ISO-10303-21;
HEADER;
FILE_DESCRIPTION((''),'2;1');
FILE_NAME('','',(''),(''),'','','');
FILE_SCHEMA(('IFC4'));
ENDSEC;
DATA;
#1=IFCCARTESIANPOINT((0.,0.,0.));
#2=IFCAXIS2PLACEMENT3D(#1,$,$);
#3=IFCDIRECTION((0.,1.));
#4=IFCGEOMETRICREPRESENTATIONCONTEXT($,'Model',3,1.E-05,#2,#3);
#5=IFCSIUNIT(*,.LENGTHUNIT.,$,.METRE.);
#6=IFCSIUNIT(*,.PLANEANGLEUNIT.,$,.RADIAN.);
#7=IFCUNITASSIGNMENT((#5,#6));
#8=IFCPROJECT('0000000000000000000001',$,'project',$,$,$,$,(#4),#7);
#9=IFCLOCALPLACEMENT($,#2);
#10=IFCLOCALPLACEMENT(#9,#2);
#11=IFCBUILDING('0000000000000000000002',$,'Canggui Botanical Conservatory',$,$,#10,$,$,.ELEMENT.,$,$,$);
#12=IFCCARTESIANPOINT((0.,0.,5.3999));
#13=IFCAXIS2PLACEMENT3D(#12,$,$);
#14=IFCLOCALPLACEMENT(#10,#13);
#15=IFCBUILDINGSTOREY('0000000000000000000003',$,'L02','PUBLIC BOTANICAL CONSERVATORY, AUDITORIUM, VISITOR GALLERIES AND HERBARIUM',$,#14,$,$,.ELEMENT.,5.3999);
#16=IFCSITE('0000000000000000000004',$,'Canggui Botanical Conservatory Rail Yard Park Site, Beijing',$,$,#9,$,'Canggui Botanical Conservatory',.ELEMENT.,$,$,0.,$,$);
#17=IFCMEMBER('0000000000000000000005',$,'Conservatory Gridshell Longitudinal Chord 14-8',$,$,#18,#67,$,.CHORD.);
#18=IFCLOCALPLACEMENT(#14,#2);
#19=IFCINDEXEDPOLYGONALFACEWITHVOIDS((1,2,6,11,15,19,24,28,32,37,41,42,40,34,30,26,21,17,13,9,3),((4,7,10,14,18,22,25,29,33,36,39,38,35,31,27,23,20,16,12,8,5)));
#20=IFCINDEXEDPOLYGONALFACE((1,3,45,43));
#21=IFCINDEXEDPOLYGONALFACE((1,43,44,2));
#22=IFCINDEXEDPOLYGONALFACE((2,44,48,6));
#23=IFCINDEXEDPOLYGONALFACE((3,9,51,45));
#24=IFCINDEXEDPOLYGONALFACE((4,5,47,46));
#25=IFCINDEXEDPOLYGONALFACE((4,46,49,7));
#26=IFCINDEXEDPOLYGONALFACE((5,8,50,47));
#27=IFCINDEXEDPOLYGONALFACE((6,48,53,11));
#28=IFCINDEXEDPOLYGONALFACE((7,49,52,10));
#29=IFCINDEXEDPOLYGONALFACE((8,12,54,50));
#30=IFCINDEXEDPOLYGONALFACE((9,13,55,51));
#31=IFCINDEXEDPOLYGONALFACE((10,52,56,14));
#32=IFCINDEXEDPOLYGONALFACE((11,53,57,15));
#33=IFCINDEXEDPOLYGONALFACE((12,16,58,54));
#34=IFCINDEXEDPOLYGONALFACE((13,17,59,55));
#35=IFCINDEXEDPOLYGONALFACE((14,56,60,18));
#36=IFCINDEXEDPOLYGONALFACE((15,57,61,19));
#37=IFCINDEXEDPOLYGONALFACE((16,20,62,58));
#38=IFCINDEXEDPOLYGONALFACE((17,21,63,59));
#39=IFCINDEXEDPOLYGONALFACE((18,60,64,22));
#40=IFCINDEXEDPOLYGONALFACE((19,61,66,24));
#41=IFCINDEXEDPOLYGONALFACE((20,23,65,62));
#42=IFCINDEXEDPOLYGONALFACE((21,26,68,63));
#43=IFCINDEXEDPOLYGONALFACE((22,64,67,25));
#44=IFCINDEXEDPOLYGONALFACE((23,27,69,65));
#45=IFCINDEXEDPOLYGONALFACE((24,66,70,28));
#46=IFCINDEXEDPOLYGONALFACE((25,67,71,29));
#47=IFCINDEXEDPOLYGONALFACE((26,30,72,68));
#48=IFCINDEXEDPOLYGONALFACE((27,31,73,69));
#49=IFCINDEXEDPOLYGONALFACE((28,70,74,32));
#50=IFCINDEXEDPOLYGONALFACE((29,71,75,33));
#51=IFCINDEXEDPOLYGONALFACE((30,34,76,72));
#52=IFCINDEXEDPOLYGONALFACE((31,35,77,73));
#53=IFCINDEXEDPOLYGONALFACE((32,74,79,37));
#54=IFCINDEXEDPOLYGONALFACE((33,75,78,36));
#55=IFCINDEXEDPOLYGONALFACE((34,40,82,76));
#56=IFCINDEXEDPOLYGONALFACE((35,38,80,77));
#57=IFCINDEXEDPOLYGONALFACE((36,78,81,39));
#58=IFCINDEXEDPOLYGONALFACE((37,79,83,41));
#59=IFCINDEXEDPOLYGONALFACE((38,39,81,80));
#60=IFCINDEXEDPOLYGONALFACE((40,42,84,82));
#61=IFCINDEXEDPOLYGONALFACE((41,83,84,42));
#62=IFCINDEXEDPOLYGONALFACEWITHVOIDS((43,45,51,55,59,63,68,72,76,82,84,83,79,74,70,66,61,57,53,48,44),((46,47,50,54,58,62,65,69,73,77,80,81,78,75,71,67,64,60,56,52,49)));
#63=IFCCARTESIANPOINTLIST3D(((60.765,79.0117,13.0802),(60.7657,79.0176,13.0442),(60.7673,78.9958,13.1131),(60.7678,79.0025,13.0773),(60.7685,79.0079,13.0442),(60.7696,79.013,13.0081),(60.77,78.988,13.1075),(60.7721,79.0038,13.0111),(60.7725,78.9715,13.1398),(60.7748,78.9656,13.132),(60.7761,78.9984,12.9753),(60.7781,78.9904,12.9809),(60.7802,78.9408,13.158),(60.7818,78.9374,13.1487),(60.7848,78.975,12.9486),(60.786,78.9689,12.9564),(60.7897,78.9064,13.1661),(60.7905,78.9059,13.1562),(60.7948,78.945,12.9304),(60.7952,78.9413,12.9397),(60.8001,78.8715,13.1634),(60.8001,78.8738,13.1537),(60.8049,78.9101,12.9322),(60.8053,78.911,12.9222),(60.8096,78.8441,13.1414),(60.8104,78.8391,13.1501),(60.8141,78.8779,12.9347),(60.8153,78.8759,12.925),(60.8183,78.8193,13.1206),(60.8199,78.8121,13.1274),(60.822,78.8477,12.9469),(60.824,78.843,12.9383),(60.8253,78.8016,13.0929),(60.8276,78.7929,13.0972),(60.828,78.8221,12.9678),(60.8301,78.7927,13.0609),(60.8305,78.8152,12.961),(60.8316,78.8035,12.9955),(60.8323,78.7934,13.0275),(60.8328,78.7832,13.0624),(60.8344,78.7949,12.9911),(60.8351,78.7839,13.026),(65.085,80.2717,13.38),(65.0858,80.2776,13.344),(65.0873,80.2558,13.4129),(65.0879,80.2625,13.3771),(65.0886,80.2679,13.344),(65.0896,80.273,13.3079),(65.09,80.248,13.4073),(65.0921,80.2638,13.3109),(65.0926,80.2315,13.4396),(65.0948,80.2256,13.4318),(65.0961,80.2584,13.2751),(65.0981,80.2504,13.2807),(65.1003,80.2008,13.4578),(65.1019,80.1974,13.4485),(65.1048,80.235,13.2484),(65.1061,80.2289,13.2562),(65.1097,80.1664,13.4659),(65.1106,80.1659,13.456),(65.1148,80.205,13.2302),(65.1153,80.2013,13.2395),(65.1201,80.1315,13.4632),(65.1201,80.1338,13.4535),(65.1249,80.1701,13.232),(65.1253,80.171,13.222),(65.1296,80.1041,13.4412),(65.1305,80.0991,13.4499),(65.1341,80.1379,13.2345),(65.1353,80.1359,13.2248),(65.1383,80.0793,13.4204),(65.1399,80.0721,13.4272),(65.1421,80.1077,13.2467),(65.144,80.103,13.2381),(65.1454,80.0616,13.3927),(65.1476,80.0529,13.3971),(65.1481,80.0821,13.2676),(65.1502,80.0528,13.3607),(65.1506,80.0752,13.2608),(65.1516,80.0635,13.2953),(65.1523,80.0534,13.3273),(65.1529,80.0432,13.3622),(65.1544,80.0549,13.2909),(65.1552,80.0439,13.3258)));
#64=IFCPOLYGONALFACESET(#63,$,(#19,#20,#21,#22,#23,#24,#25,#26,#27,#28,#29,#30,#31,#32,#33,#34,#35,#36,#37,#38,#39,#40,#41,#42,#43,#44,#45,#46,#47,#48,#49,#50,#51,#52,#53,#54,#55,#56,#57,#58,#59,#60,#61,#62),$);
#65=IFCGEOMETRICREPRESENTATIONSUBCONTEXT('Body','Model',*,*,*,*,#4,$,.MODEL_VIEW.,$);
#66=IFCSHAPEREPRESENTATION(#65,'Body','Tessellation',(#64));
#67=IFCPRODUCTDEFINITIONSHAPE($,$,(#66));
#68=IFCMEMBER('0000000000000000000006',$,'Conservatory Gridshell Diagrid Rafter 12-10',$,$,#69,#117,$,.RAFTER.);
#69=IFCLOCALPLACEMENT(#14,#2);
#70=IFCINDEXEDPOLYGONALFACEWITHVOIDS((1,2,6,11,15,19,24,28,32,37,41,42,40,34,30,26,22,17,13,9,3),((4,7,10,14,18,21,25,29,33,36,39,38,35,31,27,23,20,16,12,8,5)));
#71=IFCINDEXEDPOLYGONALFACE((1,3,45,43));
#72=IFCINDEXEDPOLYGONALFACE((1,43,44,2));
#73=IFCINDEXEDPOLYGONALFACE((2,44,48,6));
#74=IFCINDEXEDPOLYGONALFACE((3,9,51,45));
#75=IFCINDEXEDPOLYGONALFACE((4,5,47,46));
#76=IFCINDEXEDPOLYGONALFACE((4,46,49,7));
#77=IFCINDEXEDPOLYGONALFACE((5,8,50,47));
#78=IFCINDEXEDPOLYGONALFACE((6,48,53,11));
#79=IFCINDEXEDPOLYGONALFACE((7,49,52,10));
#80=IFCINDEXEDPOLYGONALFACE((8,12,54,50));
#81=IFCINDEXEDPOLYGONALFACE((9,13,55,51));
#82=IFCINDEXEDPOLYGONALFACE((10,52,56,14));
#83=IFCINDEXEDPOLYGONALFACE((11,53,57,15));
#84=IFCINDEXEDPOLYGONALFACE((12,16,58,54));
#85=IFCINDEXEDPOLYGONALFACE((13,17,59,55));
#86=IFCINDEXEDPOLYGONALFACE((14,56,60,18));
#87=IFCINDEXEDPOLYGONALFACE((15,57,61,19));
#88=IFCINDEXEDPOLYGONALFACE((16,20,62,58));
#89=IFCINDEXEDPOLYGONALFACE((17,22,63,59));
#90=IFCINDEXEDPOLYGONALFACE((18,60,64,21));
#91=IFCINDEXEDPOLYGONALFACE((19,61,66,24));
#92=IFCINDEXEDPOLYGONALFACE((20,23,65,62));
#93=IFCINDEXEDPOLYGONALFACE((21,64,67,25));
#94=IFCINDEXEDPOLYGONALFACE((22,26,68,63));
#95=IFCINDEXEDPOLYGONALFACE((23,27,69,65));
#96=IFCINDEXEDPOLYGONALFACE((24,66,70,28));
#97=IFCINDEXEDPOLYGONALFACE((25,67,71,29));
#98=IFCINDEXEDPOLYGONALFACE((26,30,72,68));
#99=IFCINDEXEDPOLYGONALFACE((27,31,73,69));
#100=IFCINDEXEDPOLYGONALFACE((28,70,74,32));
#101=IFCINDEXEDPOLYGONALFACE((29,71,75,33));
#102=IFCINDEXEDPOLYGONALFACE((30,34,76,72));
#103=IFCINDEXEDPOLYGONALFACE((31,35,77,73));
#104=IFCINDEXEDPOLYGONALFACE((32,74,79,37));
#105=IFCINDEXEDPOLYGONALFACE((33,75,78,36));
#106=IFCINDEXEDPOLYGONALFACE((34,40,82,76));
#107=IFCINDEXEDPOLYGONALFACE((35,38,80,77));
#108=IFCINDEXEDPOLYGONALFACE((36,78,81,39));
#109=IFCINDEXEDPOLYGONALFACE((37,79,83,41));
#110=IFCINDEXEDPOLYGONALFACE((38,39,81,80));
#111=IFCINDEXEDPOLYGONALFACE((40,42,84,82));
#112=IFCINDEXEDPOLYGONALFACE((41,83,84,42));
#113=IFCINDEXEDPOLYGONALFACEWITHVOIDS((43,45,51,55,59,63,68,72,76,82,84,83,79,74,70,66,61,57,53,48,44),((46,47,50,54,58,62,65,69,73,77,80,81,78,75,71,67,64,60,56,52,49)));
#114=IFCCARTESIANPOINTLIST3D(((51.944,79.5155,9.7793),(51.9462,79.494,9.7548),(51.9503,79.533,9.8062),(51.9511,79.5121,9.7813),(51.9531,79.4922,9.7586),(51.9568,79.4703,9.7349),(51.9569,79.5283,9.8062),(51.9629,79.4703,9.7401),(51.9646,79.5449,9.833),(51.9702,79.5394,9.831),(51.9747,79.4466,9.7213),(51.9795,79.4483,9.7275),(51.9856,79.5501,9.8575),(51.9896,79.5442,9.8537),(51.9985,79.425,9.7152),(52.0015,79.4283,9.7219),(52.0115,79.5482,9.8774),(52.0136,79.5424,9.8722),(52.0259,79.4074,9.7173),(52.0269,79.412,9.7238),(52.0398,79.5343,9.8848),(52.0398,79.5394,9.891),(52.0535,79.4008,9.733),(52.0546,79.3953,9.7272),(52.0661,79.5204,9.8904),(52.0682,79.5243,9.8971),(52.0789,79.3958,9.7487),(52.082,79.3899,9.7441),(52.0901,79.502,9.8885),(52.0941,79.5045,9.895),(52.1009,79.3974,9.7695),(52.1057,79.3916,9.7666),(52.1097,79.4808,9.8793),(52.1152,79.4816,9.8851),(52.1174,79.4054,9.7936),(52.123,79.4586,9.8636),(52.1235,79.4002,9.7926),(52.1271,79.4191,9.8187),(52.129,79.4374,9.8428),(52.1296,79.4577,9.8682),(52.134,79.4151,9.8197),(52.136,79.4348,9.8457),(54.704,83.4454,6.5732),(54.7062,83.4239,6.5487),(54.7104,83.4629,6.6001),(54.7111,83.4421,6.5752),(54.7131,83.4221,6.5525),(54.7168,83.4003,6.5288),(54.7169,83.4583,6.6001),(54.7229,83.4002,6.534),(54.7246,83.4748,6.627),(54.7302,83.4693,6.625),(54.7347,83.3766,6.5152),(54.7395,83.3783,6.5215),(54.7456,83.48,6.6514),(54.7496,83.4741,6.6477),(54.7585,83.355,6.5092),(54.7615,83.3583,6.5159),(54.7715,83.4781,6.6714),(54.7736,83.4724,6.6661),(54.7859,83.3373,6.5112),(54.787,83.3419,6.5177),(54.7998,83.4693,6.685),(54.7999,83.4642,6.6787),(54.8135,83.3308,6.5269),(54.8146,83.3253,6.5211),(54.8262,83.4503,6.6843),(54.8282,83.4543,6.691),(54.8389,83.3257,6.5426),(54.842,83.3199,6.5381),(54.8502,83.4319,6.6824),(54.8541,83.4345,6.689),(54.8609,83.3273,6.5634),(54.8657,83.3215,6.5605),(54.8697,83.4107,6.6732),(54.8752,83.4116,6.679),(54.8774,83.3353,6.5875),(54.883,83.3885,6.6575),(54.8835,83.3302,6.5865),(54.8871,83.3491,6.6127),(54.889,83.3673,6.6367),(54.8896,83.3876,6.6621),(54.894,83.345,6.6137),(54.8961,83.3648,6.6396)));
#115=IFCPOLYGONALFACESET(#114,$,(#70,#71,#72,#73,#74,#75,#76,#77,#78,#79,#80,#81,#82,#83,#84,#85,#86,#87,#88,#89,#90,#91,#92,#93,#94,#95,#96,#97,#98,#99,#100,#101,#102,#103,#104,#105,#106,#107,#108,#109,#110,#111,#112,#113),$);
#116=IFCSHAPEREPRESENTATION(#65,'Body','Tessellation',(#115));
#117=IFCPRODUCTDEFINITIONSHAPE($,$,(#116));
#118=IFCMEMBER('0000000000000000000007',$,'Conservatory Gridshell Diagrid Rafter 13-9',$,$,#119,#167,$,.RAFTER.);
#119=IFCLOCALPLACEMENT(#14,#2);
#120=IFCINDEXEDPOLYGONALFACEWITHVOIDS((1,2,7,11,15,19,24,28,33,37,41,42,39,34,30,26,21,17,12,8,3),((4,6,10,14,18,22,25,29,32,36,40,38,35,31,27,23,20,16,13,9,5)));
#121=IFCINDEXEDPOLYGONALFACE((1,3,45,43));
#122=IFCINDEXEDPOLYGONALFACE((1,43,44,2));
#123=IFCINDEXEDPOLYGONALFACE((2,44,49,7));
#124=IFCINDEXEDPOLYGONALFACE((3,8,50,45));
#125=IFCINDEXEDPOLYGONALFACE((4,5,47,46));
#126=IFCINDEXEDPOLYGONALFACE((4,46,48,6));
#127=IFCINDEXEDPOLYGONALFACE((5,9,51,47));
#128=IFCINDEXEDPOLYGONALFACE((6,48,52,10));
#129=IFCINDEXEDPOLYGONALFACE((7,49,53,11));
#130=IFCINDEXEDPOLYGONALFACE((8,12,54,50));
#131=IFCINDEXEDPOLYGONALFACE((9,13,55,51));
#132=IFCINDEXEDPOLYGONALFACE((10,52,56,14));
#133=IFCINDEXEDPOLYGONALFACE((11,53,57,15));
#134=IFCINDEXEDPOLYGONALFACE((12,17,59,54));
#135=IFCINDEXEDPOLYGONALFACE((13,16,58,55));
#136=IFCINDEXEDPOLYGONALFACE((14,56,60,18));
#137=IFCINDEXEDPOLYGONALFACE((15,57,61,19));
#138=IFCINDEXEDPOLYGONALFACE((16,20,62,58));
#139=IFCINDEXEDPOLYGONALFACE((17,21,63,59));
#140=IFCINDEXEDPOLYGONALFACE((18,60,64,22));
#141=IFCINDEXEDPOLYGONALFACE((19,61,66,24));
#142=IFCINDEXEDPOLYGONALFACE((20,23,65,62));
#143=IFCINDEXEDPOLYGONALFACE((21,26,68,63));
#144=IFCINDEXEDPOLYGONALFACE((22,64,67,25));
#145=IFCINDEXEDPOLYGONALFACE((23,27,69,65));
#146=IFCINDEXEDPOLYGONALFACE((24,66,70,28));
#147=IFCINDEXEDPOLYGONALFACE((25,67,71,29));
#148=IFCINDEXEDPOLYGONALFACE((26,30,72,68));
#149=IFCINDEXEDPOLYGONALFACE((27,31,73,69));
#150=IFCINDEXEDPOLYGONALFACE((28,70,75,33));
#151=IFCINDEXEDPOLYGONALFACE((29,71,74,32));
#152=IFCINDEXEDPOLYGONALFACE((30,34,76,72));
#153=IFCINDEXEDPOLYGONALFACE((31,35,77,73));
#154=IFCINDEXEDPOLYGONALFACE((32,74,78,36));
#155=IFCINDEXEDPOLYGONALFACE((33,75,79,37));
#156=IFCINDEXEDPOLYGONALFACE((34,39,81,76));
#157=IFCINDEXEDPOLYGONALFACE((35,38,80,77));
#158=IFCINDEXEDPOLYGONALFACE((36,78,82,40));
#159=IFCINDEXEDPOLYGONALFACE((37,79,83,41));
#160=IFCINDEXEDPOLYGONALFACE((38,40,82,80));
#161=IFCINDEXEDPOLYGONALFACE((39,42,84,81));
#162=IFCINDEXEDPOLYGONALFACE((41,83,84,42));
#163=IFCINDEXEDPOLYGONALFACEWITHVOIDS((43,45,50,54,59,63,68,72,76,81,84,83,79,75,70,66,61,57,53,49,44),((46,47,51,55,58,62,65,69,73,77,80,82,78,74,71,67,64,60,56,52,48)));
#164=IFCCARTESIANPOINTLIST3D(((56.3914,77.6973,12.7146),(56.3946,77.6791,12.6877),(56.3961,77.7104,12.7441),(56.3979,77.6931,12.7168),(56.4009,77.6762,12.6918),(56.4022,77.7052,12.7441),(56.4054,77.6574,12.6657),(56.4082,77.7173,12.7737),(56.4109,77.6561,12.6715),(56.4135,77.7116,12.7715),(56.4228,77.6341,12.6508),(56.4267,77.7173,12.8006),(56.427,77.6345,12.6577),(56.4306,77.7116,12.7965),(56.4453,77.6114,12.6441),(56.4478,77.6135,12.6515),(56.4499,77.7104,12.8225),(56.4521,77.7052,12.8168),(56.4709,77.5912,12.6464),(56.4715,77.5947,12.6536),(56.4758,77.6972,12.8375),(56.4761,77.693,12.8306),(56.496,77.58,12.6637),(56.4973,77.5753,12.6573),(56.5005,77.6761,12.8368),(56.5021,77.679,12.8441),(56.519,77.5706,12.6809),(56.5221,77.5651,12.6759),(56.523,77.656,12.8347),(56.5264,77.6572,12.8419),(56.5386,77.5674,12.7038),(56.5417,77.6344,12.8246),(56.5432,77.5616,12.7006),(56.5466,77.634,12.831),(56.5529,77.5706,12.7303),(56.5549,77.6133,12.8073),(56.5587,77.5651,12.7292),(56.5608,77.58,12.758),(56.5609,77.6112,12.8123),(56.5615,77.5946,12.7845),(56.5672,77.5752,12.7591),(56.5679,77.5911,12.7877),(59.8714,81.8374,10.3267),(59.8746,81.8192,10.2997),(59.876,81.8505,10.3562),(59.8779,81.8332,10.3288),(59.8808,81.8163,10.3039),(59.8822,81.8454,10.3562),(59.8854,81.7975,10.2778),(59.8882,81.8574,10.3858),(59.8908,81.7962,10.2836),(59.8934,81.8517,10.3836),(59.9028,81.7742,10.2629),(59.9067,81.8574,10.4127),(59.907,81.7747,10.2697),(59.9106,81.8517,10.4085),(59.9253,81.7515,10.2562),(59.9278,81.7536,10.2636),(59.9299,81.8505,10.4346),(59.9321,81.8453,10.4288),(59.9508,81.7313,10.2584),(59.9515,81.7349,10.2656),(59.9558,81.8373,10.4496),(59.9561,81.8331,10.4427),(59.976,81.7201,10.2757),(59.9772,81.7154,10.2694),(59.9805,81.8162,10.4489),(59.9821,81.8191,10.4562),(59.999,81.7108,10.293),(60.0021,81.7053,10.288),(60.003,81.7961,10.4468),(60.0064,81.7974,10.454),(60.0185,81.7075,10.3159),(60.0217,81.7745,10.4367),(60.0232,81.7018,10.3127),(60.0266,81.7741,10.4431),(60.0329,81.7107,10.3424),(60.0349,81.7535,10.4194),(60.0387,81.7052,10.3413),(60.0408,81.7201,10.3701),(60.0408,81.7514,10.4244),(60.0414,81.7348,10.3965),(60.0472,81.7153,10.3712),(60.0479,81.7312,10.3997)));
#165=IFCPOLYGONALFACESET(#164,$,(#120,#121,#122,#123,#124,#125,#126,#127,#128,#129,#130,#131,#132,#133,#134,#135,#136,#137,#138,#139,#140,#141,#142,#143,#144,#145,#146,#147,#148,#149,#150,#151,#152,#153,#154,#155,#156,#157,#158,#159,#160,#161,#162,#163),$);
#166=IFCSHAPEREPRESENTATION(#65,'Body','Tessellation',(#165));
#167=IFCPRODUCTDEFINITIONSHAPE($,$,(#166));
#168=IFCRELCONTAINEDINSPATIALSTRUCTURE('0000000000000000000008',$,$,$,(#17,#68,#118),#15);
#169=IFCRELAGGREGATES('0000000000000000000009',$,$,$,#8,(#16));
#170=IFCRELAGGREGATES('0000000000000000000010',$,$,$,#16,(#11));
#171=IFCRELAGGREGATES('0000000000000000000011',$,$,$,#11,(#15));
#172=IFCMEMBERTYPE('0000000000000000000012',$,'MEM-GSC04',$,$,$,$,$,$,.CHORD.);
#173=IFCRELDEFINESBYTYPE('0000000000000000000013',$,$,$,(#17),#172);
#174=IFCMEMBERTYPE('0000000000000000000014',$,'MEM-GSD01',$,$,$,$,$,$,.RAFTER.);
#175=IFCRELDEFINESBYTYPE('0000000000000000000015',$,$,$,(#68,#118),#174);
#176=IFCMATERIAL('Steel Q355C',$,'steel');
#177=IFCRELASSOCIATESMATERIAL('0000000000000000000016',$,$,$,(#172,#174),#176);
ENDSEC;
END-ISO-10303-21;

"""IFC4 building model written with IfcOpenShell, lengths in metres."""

from ifc_helpers import new_model, si_unit, direction, frame, origin, origin_2d, place, context, subcontext, project, spatial, hollow_circle, extrude, material, material_profile, profile_set, type_object, element, save


model = new_model("IFC4")

# Units and contexts
model_context = context("Model", 3, precision=1e-05, world=origin(), true_north=direction((0.0, 1.0)))
body_context = subcontext(model_context, "Body", "Model", "MODEL_VIEW")
ifc_project = project(units=[si_unit("LENGTHUNIT", "METRE"), si_unit("PLANEANGLEUNIT", "RADIAN")], contexts=[model_context])

# Site, building, storey
site_placement = place(None, origin())
site = spatial("IfcSite", under=ifc_project, at=site_placement, Name="Canggui Botanical Conservatory Rail Yard Park Site, Beijing", LongName="Canggui Botanical Conservatory", CompositionType="ELEMENT", RefElevation=0.0)
building_placement = place(site_placement, origin())
building = spatial("IfcBuilding", under=site, at=building_placement, Name="Canggui Botanical Conservatory", CompositionType="ELEMENT")
storey_placement = place(building_placement, frame((0.0, 0.0, 5.3999)))
storey = spatial("IfcBuildingStorey", under=building, at=storey_placement, Name="L02", Description="PUBLIC BOTANICAL CONSERVATORY, AUDITORIUM, VISITOR GALLERIES AND HERBARIUM", CompositionType="ELEMENT", Elevation=5.3999)

# Shared definitions
ifc_material_1 = material(Name="Steel Q355C", Category="steel")

# Members
ifc_material_profile_1 = material_profile(ifc_material_1, hollow_circle(Radius=0.1226, WallThickness=0.01, at=origin_2d()), Name="CHS 245x10")
ifc_profile_set_1 = profile_set([ifc_material_profile_1], Name="Steel Q355C")
member_type_1 = type_object("IfcMemberType", Name="MEM-GSC04", PredefinedType="CHORD", material=ifc_profile_set_1)
for number, where, z_axis, x_axis, name in (
    (1, (60.8, 78.8999, 13.0442), (0.957877, 0.279379, 0.066475), (-0.279998, 0.960001, 0.0), "Conservatory Gridshell Longitudinal Chord 14-8"),
):
    element("IfcMember", number, at=place(storey_placement, frame(where, z_axis=z_axis, x_axis=x_axis)), inside=storey, type_object=member_type_1, Name=name, PredefinedType="CHORD", context=body_context, shape_type="SweptSolid", body=[
        extrude(hollow_circle(Radius=0.1226, WallThickness=0.01, at=origin_2d()), origin(), (0.0, 0.0, 1.0), 4.51),
    ])
ifc_material_profile_2 = material_profile(ifc_material_1, hollow_circle(Radius=0.1096, WallThickness=0.0081, at=origin_2d()), Name="CHS 219x8")
ifc_profile_set_2 = profile_set([ifc_material_profile_2], Name="Steel Q355C")
member_type_2 = type_object("IfcMemberType", Name="MEM-GSD01", PredefinedType="RAFTER", material=ifc_profile_set_2)
member_1_placement = place(storey_placement, frame((52.04, 79.47, 9.8062), z_axis=(0.477994, 0.680608, -0.555243), x_axis=(-0.818345, 0.574728, 0.0)))
element("IfcMember", 2, at=member_1_placement, inside=storey, type_object=member_type_2, Name="Conservatory Gridshell Diagrid Rafter 12-10", PredefinedType="RAFTER", context=body_context, shape_type="SweptSolid", body=[
    extrude(hollow_circle(Radius=0.1096, WallThickness=0.0081, at=origin_2d()), origin(), (0.0, 0.0, 1.0), 5.7742),
])
member_2_placement = place(storey_placement, frame((56.48, 77.6399, 12.7441), z_axis=(0.588617, 0.700279, -0.403905), x_axis=(-0.765499, 0.643438, 0.0)))
element("IfcMember", 3, at=member_2_placement, inside=storey, type_object=member_type_2, Name="Conservatory Gridshell Diagrid Rafter 13-9", PredefinedType="RAFTER", context=body_context, shape_type="SweptSolid", body=[
    extrude(hollow_circle(Radius=0.1096, WallThickness=0.0081, at=origin_2d()), origin(), (0.0, 0.0, 1.0), 5.9121),
])

save(model, "model.ifc")
